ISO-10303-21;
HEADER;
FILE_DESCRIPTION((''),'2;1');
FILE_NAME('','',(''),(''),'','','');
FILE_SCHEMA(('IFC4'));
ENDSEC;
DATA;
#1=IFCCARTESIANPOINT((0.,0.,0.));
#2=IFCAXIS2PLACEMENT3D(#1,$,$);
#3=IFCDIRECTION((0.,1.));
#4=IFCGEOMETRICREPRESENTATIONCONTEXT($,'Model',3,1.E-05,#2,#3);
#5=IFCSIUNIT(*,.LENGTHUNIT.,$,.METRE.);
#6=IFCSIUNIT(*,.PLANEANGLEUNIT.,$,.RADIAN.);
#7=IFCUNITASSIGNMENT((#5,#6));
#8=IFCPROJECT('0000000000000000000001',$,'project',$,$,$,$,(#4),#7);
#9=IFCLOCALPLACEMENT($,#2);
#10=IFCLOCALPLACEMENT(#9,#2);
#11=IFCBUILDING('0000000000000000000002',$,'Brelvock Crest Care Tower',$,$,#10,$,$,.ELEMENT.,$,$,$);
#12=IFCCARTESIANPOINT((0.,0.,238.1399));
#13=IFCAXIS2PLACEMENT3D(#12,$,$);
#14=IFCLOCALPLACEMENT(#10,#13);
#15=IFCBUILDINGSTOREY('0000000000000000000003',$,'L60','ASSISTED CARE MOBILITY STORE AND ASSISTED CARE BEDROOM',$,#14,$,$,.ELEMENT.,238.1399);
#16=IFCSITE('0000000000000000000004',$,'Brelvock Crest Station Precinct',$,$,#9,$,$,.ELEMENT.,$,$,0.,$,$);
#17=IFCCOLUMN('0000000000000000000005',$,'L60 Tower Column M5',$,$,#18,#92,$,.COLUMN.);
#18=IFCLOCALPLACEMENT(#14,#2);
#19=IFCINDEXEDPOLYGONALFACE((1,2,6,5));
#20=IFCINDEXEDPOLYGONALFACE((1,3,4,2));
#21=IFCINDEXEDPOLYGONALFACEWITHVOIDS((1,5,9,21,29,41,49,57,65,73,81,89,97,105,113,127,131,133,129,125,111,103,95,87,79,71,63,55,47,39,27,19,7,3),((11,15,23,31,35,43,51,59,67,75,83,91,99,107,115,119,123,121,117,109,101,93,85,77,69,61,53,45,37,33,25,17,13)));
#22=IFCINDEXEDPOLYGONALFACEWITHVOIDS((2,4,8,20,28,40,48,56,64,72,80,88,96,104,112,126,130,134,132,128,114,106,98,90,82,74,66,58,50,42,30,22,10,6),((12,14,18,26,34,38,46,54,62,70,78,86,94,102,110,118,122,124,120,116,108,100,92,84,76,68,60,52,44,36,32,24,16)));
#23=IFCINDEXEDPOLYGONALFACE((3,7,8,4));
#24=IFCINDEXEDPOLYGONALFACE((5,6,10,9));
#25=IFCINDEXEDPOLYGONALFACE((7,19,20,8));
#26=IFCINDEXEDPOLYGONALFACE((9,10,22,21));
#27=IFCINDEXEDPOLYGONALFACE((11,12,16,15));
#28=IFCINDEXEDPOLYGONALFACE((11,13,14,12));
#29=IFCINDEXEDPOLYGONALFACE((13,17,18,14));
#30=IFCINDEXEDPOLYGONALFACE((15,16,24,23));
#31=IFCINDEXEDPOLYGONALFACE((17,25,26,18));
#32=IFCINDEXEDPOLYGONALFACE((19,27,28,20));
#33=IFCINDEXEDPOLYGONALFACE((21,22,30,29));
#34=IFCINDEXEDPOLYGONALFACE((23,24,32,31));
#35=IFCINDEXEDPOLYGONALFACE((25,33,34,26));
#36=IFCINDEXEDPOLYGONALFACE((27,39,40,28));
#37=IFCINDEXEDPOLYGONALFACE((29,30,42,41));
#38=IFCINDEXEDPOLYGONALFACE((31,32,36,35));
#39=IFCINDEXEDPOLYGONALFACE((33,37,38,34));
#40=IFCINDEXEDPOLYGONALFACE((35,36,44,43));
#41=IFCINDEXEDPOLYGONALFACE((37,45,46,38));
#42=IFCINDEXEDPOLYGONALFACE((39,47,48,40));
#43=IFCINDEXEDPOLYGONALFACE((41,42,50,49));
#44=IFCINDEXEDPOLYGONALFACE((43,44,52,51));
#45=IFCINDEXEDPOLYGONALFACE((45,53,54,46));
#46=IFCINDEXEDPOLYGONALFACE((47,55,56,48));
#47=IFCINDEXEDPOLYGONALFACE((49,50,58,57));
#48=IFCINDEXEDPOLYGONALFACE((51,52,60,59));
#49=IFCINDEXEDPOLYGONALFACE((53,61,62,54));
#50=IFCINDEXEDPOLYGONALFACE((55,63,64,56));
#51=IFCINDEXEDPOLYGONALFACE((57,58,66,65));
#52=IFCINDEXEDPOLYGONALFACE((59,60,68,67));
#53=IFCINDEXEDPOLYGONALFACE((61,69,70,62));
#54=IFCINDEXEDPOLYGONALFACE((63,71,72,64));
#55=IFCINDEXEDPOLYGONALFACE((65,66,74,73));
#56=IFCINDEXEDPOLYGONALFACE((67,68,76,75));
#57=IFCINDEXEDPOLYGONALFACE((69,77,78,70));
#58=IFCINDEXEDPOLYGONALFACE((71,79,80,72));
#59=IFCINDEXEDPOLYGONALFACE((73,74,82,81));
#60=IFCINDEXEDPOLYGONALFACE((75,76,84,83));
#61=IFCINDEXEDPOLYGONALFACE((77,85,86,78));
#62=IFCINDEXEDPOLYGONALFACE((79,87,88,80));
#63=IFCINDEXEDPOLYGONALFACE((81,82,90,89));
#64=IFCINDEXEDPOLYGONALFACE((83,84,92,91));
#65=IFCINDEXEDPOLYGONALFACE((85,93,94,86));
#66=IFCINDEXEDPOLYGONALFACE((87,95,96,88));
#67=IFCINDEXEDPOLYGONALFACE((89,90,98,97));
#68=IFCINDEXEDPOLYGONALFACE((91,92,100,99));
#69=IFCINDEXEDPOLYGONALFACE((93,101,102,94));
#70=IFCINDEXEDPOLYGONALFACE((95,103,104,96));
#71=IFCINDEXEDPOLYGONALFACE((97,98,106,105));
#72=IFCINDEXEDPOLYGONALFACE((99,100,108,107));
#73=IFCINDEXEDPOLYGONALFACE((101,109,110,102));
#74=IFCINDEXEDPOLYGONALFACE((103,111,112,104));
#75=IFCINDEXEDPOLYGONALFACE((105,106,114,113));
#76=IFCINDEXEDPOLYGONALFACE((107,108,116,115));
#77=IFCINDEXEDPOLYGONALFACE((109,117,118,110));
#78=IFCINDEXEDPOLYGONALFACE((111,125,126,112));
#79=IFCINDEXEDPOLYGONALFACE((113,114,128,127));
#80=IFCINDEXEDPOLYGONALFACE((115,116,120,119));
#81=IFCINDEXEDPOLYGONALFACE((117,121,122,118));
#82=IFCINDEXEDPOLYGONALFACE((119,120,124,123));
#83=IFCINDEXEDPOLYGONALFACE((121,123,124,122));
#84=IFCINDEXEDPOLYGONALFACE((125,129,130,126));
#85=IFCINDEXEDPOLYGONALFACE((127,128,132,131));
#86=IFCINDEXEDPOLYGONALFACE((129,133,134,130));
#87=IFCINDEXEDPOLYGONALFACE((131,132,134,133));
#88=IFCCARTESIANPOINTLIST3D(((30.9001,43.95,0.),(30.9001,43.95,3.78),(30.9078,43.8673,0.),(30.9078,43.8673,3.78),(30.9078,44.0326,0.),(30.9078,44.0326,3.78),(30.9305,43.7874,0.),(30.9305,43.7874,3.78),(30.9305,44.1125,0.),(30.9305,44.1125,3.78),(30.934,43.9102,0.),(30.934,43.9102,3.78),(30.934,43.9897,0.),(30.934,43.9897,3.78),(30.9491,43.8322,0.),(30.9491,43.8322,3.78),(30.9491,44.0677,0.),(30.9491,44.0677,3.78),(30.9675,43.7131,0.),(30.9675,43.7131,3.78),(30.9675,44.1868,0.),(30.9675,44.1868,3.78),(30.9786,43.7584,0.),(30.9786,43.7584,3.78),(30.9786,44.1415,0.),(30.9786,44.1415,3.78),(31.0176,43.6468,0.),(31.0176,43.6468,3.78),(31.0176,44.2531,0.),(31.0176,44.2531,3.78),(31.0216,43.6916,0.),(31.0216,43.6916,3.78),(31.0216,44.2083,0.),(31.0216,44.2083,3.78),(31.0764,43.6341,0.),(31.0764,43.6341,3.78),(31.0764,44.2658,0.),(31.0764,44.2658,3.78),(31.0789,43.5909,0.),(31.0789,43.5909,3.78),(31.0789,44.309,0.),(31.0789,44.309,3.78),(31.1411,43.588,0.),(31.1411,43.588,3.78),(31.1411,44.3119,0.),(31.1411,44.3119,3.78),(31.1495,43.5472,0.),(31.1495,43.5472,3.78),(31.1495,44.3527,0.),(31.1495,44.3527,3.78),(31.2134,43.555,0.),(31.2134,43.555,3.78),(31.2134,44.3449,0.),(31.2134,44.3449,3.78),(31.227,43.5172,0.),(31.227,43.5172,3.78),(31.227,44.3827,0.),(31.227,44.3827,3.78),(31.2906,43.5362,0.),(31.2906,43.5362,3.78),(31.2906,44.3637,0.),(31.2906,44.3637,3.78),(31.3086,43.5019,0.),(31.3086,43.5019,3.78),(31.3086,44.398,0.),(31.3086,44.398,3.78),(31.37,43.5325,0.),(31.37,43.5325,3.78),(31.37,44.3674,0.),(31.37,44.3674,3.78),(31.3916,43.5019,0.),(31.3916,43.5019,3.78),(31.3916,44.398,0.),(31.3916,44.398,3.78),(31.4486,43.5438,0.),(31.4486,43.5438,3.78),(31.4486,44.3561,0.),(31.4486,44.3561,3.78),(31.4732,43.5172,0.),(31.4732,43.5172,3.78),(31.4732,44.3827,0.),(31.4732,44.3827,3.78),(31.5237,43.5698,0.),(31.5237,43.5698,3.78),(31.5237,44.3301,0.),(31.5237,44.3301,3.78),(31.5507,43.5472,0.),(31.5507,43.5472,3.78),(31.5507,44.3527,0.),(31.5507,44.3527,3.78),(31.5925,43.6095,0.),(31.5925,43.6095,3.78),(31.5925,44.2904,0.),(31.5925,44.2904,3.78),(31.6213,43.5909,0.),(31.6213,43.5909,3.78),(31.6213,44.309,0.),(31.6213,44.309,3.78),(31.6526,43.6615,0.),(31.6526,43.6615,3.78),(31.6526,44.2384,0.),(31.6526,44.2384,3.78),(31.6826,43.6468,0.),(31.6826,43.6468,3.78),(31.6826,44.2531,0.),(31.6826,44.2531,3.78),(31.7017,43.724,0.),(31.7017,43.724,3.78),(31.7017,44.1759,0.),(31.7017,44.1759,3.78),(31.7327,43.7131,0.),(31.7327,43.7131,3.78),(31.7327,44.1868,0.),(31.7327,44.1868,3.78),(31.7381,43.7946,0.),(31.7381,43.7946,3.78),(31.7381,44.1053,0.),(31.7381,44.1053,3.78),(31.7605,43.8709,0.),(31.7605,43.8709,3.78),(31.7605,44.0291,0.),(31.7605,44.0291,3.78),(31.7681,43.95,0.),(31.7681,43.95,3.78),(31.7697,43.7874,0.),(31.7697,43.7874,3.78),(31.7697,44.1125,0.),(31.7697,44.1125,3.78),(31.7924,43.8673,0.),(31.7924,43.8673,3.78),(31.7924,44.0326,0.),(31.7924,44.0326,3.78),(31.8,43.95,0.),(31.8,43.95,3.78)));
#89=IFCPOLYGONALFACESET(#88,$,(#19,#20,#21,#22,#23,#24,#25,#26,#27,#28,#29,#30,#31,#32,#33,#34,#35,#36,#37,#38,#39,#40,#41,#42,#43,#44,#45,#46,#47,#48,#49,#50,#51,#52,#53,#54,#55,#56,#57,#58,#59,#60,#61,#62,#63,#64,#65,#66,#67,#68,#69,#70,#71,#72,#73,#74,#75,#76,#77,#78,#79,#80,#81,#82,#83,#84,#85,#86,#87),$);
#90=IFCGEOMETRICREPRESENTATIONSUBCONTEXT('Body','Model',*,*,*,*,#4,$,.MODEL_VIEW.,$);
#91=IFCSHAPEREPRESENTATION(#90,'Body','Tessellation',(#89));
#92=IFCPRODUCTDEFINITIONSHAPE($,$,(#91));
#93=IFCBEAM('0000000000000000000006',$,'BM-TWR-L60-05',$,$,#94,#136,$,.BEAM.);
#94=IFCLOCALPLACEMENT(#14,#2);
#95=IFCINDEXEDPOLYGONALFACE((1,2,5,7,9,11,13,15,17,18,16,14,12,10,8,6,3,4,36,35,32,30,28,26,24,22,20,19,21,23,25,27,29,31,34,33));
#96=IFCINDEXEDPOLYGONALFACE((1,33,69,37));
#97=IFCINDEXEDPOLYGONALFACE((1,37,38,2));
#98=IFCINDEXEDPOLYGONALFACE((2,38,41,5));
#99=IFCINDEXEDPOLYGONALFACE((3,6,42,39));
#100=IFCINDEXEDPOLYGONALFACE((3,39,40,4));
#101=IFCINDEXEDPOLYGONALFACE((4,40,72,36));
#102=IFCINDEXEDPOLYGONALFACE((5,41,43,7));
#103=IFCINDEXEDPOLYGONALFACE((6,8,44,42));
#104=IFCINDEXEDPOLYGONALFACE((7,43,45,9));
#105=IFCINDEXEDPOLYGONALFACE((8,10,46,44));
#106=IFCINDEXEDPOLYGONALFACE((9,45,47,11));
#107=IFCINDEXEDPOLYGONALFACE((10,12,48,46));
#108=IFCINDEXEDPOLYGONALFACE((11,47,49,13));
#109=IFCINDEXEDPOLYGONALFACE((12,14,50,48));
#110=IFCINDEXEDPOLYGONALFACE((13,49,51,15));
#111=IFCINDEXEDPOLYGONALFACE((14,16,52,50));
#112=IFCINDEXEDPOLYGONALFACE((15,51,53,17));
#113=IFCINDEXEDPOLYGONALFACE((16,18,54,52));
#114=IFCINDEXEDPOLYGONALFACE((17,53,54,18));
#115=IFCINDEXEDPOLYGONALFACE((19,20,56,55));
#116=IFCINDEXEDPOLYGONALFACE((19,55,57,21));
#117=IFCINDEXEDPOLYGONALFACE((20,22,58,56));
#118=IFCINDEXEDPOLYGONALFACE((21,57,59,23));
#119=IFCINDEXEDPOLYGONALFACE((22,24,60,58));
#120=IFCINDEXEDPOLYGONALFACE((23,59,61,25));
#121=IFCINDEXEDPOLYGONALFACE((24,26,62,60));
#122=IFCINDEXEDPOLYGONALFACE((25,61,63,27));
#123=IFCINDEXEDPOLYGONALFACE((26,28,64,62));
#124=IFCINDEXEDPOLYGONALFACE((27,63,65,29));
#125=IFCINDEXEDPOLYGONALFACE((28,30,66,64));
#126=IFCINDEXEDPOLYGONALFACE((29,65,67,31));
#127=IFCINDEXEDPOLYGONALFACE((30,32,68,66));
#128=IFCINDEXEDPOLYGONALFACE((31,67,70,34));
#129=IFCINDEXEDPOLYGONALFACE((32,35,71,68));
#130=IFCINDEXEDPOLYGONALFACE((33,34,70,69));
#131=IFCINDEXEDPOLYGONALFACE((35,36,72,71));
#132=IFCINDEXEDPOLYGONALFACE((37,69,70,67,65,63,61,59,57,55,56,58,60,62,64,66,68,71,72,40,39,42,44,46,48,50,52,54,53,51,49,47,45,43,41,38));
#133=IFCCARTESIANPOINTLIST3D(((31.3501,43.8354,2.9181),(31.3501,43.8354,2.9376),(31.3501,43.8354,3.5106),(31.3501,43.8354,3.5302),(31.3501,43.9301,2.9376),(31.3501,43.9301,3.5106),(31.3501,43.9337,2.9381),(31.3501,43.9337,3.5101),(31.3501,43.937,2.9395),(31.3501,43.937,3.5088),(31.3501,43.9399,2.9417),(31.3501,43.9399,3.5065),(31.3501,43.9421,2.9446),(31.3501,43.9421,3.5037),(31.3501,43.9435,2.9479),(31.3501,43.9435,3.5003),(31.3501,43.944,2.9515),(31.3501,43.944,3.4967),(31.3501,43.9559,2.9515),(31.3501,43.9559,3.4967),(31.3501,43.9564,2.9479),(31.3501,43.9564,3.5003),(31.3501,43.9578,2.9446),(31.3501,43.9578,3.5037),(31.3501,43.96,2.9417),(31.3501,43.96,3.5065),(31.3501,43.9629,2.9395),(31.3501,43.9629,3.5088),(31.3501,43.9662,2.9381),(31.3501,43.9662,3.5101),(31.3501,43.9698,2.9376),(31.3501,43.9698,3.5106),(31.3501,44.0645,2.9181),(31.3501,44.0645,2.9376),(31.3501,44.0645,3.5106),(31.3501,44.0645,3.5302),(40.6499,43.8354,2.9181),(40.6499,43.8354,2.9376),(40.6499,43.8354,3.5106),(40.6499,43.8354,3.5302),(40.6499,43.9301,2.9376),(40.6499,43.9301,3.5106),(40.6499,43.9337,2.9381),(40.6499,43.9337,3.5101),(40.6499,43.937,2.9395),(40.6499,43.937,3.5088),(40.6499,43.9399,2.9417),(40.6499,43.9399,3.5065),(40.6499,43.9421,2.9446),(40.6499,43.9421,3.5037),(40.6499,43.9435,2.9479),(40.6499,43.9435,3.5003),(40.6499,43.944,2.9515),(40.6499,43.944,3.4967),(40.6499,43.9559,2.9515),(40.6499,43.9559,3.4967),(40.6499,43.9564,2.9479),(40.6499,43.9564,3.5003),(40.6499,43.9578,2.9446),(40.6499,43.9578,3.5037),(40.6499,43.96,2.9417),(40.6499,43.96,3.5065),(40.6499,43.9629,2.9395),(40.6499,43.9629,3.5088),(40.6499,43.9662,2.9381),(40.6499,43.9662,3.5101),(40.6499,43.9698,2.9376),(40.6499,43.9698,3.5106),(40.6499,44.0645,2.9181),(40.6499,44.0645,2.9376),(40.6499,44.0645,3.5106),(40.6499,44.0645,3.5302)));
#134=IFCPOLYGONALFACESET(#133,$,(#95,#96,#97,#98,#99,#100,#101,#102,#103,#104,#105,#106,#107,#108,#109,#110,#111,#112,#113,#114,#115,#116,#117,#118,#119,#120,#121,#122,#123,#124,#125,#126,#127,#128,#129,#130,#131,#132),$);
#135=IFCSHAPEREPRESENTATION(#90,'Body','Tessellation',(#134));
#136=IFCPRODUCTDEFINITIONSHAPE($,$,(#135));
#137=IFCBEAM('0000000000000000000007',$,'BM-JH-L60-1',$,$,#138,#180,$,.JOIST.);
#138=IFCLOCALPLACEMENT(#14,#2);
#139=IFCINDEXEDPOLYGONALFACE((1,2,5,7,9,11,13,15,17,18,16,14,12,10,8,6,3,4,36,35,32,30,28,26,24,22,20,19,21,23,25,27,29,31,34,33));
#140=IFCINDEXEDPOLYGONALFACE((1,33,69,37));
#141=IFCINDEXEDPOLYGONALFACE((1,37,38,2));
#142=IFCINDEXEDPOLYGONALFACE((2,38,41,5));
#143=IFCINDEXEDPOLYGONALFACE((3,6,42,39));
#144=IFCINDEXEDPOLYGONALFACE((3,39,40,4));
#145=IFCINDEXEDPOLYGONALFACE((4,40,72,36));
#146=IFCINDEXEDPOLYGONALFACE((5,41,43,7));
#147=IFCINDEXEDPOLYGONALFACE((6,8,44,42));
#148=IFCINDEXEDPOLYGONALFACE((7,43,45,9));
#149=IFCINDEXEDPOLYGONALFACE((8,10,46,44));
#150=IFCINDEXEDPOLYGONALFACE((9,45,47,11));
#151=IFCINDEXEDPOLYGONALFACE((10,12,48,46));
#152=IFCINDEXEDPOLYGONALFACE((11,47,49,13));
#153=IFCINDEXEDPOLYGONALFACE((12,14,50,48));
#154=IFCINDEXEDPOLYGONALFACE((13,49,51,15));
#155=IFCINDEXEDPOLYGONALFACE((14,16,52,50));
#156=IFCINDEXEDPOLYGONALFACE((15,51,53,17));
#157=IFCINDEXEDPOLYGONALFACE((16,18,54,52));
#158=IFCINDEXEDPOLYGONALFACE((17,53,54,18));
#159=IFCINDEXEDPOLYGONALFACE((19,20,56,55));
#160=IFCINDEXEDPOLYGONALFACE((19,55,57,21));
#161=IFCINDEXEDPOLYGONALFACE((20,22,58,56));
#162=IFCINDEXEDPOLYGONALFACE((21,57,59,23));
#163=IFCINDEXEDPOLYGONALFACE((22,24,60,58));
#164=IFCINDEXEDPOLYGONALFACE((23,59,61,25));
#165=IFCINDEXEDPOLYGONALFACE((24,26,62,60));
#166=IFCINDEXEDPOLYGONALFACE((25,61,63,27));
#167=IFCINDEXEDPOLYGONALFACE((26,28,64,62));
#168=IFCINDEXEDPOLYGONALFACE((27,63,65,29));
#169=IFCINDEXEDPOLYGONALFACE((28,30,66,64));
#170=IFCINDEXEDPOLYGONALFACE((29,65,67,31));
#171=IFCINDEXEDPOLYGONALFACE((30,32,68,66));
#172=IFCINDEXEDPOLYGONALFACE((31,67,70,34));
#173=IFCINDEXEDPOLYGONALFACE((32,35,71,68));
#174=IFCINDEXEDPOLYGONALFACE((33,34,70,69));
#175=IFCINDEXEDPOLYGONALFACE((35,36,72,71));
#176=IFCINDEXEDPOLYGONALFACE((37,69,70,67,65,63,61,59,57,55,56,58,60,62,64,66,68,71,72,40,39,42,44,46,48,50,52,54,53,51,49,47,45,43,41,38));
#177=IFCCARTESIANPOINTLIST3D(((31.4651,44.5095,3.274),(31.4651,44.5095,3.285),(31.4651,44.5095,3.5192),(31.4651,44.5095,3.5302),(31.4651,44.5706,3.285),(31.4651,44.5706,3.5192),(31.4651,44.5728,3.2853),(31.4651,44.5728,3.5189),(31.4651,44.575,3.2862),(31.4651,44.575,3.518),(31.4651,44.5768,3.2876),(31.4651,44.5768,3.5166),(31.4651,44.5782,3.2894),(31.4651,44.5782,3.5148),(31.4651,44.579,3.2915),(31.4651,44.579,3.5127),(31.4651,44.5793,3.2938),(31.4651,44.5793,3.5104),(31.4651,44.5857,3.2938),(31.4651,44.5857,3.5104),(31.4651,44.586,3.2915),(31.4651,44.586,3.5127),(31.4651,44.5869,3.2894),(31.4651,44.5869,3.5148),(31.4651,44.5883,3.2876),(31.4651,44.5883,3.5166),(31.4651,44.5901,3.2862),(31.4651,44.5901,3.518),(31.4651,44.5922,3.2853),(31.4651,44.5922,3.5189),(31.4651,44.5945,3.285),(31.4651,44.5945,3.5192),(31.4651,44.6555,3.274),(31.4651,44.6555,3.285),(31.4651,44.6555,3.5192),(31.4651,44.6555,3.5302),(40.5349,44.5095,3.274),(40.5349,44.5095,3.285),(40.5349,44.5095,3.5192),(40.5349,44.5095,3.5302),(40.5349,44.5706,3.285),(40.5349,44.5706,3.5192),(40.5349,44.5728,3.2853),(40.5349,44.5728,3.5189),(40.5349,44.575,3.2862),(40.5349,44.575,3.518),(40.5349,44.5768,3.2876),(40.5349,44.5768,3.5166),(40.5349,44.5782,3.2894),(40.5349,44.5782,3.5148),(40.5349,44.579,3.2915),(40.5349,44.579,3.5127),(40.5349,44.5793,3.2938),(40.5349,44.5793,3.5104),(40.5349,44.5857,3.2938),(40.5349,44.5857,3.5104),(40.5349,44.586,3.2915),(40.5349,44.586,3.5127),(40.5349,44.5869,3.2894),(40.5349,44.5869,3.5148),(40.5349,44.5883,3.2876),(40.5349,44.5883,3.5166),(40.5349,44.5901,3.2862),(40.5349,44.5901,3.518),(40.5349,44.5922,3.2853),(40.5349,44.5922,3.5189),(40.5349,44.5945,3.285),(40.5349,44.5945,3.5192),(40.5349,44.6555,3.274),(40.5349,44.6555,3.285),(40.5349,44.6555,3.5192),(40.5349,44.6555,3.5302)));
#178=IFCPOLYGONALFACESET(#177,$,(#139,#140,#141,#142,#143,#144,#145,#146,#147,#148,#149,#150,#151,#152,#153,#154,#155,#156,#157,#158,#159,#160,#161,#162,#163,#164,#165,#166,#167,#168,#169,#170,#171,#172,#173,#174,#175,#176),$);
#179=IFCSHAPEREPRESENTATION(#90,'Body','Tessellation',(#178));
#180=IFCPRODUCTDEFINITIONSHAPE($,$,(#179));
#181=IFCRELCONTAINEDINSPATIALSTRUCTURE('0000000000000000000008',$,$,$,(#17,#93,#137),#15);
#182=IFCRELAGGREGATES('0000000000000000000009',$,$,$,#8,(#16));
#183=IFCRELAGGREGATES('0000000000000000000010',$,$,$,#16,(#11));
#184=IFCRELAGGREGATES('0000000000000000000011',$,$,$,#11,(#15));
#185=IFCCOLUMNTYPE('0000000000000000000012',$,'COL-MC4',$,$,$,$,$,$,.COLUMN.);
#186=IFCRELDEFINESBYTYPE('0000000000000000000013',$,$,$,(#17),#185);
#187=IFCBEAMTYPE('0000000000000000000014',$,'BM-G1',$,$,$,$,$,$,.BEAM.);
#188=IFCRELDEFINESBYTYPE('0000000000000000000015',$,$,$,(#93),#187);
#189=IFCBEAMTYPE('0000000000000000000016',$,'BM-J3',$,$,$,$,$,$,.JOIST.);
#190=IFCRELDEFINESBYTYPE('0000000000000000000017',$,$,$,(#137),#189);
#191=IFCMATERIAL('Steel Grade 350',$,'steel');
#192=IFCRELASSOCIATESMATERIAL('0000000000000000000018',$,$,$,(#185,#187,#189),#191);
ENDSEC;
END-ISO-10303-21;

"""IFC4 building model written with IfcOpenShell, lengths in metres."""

from ifc_helpers import new_model, si_unit, direction, frame, origin, origin_2d, place, context, subcontext, project, spatial, hollow_circle, i_section, extrude, source, transform, mapped, material, material_profile, profile_set, type_object, element, save


model = new_model("IFC4")

# Units and contexts
model_context = context("Model", 3, precision=1e-05, world=origin(), true_north=direction((0.0, 1.0)))
body_context = subcontext(model_context, "Body", "Model", "MODEL_VIEW")
ifc_project = project(units=[si_unit("LENGTHUNIT", "METRE"), si_unit("PLANEANGLEUNIT", "RADIAN")], contexts=[model_context])

# Site, building, storey
site_placement = place(None, origin())
site = spatial("IfcSite", under=ifc_project, at=site_placement, Name="Brelvock Crest Station Precinct", CompositionType="ELEMENT", RefElevation=0.0)
building_placement = place(site_placement, origin())
building = spatial("IfcBuilding", under=site, at=building_placement, Name="Brelvock Crest Care Tower", CompositionType="ELEMENT")
storey_placement = place(building_placement, frame((0.0, 0.0, 238.1399)))
storey = spatial("IfcBuildingStorey", under=building, at=storey_placement, Name="L60", Description="ASSISTED CARE MOBILITY STORE AND ASSISTED CARE BEDROOM", CompositionType="ELEMENT", Elevation=238.1399)

# Column
ifc_material_1 = material(Name="Steel Grade 350", Category="steel")
ifc_material_profile_1 = material_profile(ifc_material_1, hollow_circle(Radius=0.45, WallThickness=0.032, at=origin_2d()), Name="CFT900x32")
ifc_profile_set_1 = profile_set([ifc_material_profile_1], Name="Steel Grade 350")
column_type = type_object("IfcColumnType", Name="COL-MC4", PredefinedType="COLUMN", material=ifc_profile_set_1)
shared_shape_1 = source(origin(), body_context, "Body", "SweptSolid", [
    extrude(hollow_circle(Radius=0.45, WallThickness=0.032, at=origin_2d()), origin(), (0.0, 0.0, 1.0), 3.78),
])
column_placement = place(storey_placement, frame((31.3501, 43.95, 0.0), z_axis=(0.0, 0.0, 1.0), x_axis=(1.0, 0.0, 0.0)))
element("IfcColumn", 1, at=column_placement, inside=storey, type_object=column_type, Name="L60 Tower Column M5", PredefinedType="COLUMN", context=body_context, shape_type="MappedRepresentation", body=[
    mapped(shared_shape_1, transform((0.0, 0.0, 0.0), x_axis=(1.0, 0.0, 0.0), y_axis=(0.0, 1.0, 0.0), z_axis=(0.0, 0.0, 1.0), scale=1.0)),
])

# Beams
ifc_material_profile_2 = material_profile(ifc_material_1, i_section(OverallWidth=0.229, OverallDepth=0.6121, WebThickness=0.012, FlangeThickness=0.0195, FilletRadius=0.0139, at=origin_2d()), Name="610UB125")
ifc_profile_set_2 = profile_set([ifc_material_profile_2], Name="Steel Grade 350")
beam_type_1 = type_object("IfcBeamType", Name="BM-G1", PredefinedType="BEAM", material=ifc_profile_set_2)
shared_shape_2 = source(origin(), body_context, "Body", "SweptSolid", [
    extrude(i_section(OverallWidth=0.229, OverallDepth=0.6121, WebThickness=0.012, FlangeThickness=0.0195, FilletRadius=0.0139, at=origin_2d()), origin(), (0.0, 0.0, 1.0), 9.2998),
])
beam_1_placement = place(storey_placement, frame((31.3501, 43.95, 3.2241), z_axis=(1.0, 0.0, 0.0), x_axis=(0.0, 1.0, 0.0)))
element("IfcBeam", 2, at=beam_1_placement, inside=storey, type_object=beam_type_1, Name="BM-TWR-L60-05", PredefinedType="BEAM", context=body_context, shape_type="MappedRepresentation", body=[
    mapped(shared_shape_2, transform((0.0, 0.0, 0.0), x_axis=(1.0, 0.0, 0.0), y_axis=(0.0, 1.0, 0.0), z_axis=(0.0, 0.0, 1.0), scale=1.0)),
])
ifc_material_profile_3 = material_profile(ifc_material_1, i_section(OverallWidth=0.146, OverallDepth=0.2561, WebThickness=0.0063, FlangeThickness=0.011, FilletRadius=0.0088, at=origin_2d()), Name="250UB37.3")
ifc_profile_set_3 = profile_set([ifc_material_profile_3], Name="Steel Grade 350")
beam_type_2 = type_object("IfcBeamType", Name="BM-J3", PredefinedType="JOIST", material=ifc_profile_set_3)
shared_shape_3 = source(origin(), body_context, "Body", "SweptSolid", [
    extrude(i_section(OverallWidth=0.146, OverallDepth=0.2561, WebThickness=0.0063, FlangeThickness=0.011, FilletRadius=0.0088, at=origin_2d()), origin(), (0.0, 0.0, 1.0), 9.0698),
])
beam_2_placement = place(storey_placement, frame((31.4651, 44.5825, 3.4021), z_axis=(1.0, 0.0, 0.0), x_axis=(0.0, 1.0, 0.0)))
element("IfcBeam", 3, at=beam_2_placement, inside=storey, type_object=beam_type_2, Name="BM-JH-L60-1", PredefinedType="JOIST", context=body_context, shape_type="MappedRepresentation", body=[
    mapped(shared_shape_3, transform((0.0, 0.0, 0.0), x_axis=(1.0, 0.0, 0.0), y_axis=(0.0, 1.0, 0.0), z_axis=(0.0, 0.0, 1.0), scale=1.0)),
])

save(model, "model.ifc")
